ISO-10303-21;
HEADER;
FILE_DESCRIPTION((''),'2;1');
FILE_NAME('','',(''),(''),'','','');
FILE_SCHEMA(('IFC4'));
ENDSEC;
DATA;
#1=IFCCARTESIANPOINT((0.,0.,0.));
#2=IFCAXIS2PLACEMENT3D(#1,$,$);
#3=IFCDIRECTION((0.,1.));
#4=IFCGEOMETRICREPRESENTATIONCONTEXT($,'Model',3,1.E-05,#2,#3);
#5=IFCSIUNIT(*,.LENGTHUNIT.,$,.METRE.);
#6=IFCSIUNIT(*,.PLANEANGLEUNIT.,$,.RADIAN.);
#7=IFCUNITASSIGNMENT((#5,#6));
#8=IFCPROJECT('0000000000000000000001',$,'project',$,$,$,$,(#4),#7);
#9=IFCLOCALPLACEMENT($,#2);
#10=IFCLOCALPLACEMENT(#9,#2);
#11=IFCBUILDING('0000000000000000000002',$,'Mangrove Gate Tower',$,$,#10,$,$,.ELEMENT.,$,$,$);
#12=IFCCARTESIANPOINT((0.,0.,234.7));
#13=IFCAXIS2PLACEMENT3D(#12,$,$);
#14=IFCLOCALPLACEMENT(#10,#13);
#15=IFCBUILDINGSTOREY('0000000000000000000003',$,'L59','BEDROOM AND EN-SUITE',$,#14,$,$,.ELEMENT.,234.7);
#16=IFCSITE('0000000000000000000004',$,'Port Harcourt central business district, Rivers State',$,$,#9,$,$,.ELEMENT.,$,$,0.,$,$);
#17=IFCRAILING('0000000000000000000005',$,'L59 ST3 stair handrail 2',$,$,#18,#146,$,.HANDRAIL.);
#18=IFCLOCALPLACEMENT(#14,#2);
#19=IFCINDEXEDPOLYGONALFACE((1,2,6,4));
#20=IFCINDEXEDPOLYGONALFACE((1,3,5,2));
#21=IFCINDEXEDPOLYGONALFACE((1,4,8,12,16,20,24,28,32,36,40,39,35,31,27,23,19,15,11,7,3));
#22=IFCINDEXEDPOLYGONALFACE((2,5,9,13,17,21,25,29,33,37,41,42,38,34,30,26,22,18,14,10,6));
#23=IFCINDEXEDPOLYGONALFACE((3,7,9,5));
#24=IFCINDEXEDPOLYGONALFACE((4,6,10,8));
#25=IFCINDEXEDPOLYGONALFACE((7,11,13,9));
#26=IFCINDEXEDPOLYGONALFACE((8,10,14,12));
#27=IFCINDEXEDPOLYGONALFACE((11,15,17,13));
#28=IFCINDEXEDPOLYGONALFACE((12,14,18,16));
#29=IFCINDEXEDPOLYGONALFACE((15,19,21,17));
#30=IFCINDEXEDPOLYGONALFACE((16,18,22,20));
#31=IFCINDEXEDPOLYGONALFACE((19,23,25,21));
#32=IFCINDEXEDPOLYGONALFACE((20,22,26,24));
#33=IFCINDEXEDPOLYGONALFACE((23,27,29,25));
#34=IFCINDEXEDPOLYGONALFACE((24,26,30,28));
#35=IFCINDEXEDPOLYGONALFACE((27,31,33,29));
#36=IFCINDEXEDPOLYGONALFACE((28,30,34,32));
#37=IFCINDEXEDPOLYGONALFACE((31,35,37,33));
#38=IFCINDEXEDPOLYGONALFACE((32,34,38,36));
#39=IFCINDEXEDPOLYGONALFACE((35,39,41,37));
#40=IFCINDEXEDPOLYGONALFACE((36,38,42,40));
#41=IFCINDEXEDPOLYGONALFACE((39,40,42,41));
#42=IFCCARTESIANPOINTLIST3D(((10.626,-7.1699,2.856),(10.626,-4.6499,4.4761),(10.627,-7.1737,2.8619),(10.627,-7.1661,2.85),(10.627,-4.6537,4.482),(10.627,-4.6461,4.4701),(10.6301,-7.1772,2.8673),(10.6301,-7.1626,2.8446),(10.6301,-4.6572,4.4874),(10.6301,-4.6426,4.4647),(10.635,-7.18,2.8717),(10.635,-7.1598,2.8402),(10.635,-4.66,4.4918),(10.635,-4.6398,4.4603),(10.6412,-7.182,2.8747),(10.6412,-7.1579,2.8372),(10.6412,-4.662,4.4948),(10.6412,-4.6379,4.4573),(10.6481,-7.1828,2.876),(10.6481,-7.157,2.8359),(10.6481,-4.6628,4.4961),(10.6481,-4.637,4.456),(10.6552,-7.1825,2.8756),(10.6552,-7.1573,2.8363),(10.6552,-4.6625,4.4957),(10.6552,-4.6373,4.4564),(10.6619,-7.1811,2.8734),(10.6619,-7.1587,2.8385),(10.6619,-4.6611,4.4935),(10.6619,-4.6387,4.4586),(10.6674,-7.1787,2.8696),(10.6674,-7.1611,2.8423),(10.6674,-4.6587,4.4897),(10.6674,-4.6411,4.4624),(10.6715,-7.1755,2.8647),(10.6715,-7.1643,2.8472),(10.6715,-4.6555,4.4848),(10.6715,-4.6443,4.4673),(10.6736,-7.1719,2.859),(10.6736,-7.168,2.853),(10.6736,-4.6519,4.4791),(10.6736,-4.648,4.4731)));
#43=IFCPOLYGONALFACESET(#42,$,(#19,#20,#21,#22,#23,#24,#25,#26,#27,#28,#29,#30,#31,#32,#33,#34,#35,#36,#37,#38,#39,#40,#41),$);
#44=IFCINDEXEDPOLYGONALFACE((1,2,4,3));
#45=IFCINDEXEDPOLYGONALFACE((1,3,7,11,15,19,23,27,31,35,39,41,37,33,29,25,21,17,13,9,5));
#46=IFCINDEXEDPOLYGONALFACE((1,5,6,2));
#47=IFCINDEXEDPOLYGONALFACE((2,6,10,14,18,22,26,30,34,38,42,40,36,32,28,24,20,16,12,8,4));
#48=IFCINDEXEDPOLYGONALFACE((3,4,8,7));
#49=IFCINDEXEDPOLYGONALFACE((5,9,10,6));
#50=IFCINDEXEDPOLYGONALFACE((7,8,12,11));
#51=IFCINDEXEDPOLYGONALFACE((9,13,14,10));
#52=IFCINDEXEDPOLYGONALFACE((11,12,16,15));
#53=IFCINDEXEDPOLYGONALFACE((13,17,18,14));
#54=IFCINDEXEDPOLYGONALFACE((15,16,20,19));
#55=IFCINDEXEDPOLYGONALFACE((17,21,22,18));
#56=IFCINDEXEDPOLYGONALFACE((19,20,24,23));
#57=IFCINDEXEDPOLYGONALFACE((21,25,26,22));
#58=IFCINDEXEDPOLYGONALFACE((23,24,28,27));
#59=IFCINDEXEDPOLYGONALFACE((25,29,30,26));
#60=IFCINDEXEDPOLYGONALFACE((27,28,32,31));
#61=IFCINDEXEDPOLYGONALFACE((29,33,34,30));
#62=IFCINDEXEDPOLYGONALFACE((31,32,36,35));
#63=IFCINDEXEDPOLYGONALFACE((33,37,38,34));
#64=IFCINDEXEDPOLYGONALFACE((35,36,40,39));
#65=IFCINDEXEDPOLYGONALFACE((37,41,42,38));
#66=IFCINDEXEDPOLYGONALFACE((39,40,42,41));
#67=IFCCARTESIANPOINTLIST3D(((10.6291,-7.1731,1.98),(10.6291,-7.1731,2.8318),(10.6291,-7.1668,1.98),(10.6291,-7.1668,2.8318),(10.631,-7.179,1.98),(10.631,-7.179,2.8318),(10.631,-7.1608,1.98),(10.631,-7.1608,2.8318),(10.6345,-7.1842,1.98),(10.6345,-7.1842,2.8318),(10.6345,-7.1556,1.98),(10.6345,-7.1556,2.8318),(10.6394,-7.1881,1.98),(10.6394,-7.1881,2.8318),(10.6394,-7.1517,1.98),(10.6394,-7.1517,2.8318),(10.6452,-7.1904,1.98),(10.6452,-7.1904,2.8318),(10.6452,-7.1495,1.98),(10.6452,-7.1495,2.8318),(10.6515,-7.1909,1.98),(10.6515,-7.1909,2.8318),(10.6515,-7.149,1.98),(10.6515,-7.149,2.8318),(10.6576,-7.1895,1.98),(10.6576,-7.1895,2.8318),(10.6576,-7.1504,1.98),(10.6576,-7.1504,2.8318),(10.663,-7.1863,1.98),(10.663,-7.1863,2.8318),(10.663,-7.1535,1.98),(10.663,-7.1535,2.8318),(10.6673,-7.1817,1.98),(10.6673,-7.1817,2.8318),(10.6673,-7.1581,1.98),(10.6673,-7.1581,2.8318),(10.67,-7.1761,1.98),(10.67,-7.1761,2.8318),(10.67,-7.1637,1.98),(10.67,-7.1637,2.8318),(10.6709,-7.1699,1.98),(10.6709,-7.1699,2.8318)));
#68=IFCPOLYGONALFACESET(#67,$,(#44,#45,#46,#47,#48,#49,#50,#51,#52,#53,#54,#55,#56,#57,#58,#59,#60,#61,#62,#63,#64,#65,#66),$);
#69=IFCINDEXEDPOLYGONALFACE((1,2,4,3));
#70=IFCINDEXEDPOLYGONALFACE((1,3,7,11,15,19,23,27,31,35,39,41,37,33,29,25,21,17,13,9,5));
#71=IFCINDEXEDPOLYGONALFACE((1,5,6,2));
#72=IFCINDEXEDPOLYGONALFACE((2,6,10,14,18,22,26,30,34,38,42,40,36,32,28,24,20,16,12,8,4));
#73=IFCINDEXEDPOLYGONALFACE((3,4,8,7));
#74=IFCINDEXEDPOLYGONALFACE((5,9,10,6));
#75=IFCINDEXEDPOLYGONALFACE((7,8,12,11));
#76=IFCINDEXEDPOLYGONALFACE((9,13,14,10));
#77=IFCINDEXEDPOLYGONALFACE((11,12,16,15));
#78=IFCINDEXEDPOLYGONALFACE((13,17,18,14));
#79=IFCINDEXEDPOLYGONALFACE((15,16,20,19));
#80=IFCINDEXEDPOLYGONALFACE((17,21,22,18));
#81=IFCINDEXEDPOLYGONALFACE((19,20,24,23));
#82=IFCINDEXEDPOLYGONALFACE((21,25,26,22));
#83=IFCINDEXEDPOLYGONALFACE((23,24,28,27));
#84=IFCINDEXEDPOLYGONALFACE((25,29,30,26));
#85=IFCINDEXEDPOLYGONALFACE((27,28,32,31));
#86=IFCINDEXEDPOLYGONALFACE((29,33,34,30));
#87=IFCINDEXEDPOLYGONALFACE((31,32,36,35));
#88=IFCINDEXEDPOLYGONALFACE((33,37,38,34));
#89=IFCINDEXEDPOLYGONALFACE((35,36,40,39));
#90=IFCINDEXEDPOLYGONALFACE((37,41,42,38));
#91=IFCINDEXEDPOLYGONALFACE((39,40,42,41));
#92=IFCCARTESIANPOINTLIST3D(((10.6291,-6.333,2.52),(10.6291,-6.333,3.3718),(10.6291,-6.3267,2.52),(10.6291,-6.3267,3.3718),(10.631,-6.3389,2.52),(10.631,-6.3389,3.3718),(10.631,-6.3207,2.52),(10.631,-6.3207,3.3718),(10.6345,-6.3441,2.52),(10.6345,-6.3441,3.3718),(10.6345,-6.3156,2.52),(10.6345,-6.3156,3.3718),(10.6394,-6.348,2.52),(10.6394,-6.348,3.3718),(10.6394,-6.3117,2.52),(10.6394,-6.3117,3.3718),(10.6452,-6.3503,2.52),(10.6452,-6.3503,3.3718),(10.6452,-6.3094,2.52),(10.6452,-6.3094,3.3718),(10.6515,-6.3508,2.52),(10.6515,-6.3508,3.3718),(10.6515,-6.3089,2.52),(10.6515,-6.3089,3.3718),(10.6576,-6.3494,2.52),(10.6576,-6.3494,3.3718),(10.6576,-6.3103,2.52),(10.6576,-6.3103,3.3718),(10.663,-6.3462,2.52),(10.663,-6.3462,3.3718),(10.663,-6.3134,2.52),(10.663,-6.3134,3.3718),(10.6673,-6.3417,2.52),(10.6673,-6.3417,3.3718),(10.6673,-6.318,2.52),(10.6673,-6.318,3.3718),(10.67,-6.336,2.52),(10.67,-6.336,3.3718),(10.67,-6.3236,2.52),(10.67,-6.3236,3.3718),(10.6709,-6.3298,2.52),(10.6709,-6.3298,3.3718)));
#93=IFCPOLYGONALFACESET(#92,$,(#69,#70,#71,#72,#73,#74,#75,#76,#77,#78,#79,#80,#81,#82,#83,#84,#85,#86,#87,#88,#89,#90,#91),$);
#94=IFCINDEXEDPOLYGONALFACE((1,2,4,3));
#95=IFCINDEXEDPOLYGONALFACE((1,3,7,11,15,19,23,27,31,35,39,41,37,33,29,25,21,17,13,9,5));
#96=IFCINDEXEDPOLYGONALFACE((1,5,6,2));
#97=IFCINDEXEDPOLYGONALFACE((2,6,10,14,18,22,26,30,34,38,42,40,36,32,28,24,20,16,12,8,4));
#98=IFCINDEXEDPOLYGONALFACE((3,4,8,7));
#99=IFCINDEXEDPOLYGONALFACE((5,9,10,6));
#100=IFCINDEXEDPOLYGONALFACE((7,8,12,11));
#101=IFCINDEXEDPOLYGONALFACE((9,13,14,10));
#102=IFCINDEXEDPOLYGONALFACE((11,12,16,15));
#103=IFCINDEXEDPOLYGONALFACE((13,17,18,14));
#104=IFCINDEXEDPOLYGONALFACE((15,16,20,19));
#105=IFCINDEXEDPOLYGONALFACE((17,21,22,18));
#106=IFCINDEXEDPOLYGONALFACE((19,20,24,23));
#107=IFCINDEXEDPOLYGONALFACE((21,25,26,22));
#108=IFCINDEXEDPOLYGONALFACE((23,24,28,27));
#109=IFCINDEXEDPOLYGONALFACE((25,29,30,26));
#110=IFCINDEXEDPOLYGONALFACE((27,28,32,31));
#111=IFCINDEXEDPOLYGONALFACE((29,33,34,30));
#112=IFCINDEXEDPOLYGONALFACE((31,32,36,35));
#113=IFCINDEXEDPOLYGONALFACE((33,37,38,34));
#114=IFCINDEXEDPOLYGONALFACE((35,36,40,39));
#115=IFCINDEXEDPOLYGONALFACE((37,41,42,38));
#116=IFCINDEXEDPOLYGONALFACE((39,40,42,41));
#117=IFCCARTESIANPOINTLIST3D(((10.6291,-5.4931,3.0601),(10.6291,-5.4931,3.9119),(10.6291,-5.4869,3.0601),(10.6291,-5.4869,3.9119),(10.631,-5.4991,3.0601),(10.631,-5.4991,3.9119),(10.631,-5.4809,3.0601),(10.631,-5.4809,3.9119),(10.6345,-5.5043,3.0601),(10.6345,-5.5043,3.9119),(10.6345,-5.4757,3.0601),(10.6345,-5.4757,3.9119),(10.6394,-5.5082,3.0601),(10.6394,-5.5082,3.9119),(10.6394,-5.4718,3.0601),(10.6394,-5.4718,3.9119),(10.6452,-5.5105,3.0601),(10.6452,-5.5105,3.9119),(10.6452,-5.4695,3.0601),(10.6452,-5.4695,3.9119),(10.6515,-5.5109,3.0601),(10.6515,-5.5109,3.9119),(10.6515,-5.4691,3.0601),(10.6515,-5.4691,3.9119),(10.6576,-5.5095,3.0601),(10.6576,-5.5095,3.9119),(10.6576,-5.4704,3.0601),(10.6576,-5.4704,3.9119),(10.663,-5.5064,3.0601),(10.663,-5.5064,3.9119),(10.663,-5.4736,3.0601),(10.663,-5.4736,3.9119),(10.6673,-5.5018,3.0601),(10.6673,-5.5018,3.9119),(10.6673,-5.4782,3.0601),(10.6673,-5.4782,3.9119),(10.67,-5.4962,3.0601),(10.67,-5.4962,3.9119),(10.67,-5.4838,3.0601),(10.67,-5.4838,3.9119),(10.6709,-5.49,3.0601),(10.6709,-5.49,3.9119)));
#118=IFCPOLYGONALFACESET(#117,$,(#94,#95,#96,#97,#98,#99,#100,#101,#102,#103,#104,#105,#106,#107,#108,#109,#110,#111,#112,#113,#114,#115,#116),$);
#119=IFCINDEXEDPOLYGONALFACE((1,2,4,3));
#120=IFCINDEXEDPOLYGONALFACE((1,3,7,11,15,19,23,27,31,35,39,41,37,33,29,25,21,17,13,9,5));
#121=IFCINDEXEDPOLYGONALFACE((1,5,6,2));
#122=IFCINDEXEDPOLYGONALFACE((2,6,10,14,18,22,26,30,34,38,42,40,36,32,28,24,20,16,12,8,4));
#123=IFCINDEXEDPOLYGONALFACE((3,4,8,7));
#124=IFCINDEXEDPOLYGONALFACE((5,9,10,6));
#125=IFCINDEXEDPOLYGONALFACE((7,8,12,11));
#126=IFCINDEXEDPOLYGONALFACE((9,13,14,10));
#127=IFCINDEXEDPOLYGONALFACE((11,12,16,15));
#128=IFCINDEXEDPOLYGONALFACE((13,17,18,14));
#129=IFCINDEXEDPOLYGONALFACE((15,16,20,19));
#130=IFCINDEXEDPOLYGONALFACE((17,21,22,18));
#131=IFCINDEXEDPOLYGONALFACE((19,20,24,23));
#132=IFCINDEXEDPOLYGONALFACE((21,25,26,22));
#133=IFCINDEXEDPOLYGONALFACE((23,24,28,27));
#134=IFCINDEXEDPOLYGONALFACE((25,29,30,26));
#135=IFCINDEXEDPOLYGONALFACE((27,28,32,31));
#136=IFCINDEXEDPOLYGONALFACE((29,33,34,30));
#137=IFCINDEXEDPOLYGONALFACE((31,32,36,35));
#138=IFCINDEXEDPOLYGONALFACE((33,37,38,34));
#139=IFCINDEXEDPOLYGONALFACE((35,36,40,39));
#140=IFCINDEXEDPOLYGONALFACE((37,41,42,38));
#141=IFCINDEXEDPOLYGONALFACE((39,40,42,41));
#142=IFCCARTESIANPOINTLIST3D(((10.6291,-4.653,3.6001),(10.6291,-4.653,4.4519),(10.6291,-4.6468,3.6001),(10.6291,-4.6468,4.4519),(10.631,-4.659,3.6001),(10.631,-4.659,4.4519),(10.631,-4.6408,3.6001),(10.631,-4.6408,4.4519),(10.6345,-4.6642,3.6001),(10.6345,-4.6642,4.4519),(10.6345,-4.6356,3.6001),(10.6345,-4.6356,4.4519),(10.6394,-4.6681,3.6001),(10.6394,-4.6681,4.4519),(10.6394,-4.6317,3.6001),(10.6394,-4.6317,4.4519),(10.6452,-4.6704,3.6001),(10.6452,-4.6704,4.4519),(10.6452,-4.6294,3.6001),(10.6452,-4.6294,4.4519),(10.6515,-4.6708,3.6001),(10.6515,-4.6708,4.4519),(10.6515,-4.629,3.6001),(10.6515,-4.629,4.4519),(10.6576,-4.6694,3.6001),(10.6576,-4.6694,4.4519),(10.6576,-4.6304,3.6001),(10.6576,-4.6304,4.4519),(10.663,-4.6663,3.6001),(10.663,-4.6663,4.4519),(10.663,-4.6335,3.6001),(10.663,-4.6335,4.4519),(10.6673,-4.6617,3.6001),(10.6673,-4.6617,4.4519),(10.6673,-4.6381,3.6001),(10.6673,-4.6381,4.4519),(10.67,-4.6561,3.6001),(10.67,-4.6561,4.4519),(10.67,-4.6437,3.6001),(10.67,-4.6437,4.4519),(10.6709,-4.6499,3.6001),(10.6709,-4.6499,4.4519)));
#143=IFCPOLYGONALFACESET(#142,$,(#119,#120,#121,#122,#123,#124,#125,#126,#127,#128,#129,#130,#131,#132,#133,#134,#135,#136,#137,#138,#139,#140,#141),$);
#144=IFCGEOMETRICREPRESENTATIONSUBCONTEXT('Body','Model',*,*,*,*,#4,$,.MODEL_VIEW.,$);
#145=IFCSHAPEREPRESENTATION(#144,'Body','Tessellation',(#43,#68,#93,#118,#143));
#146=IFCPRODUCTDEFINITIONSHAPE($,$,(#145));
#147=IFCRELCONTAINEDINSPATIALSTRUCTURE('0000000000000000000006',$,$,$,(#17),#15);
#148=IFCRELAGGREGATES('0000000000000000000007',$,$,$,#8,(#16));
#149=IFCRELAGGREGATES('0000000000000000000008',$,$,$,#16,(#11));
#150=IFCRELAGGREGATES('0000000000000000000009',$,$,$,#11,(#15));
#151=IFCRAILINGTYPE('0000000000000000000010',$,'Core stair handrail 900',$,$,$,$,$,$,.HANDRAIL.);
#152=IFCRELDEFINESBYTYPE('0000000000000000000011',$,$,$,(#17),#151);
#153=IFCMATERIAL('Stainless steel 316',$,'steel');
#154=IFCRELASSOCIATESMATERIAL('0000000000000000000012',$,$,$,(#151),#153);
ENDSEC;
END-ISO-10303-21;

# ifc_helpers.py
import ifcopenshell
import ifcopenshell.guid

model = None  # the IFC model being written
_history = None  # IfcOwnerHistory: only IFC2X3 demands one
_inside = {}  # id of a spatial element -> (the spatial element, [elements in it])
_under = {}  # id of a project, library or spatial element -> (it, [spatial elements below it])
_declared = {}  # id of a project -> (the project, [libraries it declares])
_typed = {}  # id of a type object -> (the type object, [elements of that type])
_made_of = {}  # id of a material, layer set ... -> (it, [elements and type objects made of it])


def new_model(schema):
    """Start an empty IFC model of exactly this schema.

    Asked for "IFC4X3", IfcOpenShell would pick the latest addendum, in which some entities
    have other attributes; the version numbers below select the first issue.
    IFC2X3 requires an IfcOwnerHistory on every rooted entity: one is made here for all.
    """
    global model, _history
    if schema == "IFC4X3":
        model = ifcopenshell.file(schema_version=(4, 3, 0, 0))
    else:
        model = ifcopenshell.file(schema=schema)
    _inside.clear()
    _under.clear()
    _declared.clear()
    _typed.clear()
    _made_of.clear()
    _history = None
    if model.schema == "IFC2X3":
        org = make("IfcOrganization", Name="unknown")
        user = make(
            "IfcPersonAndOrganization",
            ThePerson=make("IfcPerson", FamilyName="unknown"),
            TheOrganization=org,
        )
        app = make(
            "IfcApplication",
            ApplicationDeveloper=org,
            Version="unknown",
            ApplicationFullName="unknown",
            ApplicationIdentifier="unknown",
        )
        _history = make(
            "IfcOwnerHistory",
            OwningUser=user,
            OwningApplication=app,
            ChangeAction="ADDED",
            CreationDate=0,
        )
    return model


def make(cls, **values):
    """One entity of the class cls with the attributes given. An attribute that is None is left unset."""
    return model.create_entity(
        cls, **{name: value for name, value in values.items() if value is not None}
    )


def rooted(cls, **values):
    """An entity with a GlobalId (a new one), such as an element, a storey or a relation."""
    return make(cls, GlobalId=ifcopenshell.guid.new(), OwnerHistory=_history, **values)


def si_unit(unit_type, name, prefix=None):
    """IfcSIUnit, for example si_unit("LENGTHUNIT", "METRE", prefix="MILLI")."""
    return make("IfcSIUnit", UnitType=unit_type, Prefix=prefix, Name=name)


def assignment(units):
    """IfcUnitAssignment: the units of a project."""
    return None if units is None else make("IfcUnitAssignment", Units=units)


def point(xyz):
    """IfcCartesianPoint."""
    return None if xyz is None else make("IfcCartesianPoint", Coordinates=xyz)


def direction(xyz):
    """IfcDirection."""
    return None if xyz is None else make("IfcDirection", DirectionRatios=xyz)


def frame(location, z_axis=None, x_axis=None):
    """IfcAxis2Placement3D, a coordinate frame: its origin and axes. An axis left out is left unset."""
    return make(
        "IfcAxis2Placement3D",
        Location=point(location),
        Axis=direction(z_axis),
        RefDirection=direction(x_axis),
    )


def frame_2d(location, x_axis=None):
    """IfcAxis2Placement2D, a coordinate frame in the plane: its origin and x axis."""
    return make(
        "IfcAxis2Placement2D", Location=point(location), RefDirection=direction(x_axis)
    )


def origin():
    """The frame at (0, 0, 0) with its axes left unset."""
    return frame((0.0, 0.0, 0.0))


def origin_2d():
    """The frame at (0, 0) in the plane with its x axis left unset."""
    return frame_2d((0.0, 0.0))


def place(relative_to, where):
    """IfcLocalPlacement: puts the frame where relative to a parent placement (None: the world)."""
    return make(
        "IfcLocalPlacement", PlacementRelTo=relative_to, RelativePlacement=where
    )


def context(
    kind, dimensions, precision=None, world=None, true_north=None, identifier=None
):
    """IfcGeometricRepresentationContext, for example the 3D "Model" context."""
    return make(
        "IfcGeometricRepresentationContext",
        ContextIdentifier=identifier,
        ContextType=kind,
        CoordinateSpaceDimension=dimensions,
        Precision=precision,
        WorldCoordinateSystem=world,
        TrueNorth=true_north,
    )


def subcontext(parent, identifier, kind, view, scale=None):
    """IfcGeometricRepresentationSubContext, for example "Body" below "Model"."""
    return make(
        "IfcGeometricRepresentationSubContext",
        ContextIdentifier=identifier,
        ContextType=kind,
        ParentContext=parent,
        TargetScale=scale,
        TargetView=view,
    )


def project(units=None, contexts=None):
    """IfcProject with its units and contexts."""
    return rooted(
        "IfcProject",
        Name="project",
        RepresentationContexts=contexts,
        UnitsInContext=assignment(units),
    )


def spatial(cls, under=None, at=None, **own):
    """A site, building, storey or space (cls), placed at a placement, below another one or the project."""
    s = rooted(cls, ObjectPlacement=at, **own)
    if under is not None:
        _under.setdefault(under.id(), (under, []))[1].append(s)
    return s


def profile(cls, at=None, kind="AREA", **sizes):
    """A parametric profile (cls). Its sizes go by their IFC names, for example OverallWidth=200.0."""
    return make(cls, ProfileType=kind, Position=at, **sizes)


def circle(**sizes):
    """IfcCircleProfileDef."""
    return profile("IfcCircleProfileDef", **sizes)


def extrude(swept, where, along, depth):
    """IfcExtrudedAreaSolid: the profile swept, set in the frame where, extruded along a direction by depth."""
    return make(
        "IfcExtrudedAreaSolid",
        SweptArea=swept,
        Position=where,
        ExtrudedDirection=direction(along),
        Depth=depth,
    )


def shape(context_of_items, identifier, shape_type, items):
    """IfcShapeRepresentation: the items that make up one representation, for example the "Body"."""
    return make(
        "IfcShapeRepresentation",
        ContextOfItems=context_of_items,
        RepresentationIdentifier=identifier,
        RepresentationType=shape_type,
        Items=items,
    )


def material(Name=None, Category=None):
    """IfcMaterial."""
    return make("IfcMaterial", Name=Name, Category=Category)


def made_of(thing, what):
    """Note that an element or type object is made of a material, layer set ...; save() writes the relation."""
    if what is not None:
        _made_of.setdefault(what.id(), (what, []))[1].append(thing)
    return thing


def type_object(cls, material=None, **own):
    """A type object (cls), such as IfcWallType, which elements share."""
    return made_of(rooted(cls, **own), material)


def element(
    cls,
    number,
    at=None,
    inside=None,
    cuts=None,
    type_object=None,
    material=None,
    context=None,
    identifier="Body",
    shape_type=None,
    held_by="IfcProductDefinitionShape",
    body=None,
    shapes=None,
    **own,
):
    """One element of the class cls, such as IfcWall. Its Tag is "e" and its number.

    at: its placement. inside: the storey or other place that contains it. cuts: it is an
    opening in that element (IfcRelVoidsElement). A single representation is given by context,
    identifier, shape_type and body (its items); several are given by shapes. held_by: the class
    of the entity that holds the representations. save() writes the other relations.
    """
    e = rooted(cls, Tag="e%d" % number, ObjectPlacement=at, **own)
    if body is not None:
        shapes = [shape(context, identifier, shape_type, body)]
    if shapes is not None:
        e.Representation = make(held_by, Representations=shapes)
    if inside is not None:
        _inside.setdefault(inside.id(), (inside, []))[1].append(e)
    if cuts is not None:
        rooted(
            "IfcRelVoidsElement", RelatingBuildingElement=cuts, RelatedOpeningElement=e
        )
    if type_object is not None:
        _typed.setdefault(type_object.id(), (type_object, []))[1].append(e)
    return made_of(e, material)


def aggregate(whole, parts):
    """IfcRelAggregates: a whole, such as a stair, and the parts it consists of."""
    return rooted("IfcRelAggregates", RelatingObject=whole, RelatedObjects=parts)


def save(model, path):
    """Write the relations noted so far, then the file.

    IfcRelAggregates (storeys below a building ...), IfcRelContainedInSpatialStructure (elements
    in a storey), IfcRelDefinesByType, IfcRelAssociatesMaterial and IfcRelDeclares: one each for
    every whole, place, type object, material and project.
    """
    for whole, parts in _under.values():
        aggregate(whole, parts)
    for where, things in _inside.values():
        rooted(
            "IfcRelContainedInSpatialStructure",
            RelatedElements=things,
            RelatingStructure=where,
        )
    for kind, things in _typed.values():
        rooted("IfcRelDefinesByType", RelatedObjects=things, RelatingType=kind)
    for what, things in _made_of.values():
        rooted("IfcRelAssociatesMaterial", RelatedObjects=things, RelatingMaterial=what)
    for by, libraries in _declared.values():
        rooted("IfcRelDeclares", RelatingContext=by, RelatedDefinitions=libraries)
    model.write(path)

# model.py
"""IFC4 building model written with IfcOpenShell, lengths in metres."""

from ifc_helpers import new_model, si_unit, direction, frame, origin, origin_2d, place, context, subcontext, project, spatial, circle, extrude, material, type_object, element, save


model = new_model("IFC4")

# Units and contexts
model_context = context("Model", 3, precision=1e-05, world=origin(), true_north=direction((0.0, 1.0)))
body_context = subcontext(model_context, "Body", "Model", "MODEL_VIEW")
ifc_project = project(units=[si_unit("LENGTHUNIT", "METRE"), si_unit("PLANEANGLEUNIT", "RADIAN")], contexts=[model_context])

# Site, building, storey
site_placement = place(None, origin())
site = spatial("IfcSite", under=ifc_project, at=site_placement, Name="Port Harcourt central business district, Rivers State", CompositionType="ELEMENT", RefElevation=0.0)
building_placement = place(site_placement, origin())
building = spatial("IfcBuilding", under=site, at=building_placement, Name="Mangrove Gate Tower", CompositionType="ELEMENT")
storey_placement = place(building_placement, frame((0.0, 0.0, 234.7)))
storey = spatial("IfcBuildingStorey", under=building, at=storey_placement, Name="L59", Description="BEDROOM AND EN-SUITE", CompositionType="ELEMENT", Elevation=234.7)

# Railing
ifc_material_1 = material(Name="Stainless steel 316", Category="steel")
railing_type_1 = type_object("IfcRailingType", Name="Core stair handrail 900", PredefinedType="HANDRAIL", material=ifc_material_1)
railing_1_placement = place(storey_placement, frame((10.6499, -7.1699, 1.98)))
element("IfcRailing", 1, at=railing_1_placement, inside=storey, type_object=railing_type_1, Name="L59 ST3 stair handrail 2", PredefinedType="HANDRAIL", context=body_context, shape_type="SweptSolid", body=[
    extrude(circle(Radius=0.0239, at=origin_2d()), frame((0.0, 0.0, 0.876), z_axis=(0.0, 0.841163, 0.540782), x_axis=(-1.0, 0.0, 0.0)), (0.0, 0.0, 1.0), 2.9958),
    extrude(circle(Radius=0.021, at=origin_2d()), origin(), (0.0, 0.0, 1.0), 0.8518),
    extrude(circle(Radius=0.021, at=origin_2d()), frame((0.0, 0.8401, 0.54)), (0.0, 0.0, 1.0), 0.8518),
    extrude(circle(Radius=0.021, at=origin_2d()), frame((0.0, 1.6799, 1.0801)), (0.0, 0.0, 1.0), 0.8518),
    extrude(circle(Radius=0.021, at=origin_2d()), frame((0.0, 2.52, 1.6201)), (0.0, 0.0, 1.0), 0.8518),
])

save(model, "model.ifc")
